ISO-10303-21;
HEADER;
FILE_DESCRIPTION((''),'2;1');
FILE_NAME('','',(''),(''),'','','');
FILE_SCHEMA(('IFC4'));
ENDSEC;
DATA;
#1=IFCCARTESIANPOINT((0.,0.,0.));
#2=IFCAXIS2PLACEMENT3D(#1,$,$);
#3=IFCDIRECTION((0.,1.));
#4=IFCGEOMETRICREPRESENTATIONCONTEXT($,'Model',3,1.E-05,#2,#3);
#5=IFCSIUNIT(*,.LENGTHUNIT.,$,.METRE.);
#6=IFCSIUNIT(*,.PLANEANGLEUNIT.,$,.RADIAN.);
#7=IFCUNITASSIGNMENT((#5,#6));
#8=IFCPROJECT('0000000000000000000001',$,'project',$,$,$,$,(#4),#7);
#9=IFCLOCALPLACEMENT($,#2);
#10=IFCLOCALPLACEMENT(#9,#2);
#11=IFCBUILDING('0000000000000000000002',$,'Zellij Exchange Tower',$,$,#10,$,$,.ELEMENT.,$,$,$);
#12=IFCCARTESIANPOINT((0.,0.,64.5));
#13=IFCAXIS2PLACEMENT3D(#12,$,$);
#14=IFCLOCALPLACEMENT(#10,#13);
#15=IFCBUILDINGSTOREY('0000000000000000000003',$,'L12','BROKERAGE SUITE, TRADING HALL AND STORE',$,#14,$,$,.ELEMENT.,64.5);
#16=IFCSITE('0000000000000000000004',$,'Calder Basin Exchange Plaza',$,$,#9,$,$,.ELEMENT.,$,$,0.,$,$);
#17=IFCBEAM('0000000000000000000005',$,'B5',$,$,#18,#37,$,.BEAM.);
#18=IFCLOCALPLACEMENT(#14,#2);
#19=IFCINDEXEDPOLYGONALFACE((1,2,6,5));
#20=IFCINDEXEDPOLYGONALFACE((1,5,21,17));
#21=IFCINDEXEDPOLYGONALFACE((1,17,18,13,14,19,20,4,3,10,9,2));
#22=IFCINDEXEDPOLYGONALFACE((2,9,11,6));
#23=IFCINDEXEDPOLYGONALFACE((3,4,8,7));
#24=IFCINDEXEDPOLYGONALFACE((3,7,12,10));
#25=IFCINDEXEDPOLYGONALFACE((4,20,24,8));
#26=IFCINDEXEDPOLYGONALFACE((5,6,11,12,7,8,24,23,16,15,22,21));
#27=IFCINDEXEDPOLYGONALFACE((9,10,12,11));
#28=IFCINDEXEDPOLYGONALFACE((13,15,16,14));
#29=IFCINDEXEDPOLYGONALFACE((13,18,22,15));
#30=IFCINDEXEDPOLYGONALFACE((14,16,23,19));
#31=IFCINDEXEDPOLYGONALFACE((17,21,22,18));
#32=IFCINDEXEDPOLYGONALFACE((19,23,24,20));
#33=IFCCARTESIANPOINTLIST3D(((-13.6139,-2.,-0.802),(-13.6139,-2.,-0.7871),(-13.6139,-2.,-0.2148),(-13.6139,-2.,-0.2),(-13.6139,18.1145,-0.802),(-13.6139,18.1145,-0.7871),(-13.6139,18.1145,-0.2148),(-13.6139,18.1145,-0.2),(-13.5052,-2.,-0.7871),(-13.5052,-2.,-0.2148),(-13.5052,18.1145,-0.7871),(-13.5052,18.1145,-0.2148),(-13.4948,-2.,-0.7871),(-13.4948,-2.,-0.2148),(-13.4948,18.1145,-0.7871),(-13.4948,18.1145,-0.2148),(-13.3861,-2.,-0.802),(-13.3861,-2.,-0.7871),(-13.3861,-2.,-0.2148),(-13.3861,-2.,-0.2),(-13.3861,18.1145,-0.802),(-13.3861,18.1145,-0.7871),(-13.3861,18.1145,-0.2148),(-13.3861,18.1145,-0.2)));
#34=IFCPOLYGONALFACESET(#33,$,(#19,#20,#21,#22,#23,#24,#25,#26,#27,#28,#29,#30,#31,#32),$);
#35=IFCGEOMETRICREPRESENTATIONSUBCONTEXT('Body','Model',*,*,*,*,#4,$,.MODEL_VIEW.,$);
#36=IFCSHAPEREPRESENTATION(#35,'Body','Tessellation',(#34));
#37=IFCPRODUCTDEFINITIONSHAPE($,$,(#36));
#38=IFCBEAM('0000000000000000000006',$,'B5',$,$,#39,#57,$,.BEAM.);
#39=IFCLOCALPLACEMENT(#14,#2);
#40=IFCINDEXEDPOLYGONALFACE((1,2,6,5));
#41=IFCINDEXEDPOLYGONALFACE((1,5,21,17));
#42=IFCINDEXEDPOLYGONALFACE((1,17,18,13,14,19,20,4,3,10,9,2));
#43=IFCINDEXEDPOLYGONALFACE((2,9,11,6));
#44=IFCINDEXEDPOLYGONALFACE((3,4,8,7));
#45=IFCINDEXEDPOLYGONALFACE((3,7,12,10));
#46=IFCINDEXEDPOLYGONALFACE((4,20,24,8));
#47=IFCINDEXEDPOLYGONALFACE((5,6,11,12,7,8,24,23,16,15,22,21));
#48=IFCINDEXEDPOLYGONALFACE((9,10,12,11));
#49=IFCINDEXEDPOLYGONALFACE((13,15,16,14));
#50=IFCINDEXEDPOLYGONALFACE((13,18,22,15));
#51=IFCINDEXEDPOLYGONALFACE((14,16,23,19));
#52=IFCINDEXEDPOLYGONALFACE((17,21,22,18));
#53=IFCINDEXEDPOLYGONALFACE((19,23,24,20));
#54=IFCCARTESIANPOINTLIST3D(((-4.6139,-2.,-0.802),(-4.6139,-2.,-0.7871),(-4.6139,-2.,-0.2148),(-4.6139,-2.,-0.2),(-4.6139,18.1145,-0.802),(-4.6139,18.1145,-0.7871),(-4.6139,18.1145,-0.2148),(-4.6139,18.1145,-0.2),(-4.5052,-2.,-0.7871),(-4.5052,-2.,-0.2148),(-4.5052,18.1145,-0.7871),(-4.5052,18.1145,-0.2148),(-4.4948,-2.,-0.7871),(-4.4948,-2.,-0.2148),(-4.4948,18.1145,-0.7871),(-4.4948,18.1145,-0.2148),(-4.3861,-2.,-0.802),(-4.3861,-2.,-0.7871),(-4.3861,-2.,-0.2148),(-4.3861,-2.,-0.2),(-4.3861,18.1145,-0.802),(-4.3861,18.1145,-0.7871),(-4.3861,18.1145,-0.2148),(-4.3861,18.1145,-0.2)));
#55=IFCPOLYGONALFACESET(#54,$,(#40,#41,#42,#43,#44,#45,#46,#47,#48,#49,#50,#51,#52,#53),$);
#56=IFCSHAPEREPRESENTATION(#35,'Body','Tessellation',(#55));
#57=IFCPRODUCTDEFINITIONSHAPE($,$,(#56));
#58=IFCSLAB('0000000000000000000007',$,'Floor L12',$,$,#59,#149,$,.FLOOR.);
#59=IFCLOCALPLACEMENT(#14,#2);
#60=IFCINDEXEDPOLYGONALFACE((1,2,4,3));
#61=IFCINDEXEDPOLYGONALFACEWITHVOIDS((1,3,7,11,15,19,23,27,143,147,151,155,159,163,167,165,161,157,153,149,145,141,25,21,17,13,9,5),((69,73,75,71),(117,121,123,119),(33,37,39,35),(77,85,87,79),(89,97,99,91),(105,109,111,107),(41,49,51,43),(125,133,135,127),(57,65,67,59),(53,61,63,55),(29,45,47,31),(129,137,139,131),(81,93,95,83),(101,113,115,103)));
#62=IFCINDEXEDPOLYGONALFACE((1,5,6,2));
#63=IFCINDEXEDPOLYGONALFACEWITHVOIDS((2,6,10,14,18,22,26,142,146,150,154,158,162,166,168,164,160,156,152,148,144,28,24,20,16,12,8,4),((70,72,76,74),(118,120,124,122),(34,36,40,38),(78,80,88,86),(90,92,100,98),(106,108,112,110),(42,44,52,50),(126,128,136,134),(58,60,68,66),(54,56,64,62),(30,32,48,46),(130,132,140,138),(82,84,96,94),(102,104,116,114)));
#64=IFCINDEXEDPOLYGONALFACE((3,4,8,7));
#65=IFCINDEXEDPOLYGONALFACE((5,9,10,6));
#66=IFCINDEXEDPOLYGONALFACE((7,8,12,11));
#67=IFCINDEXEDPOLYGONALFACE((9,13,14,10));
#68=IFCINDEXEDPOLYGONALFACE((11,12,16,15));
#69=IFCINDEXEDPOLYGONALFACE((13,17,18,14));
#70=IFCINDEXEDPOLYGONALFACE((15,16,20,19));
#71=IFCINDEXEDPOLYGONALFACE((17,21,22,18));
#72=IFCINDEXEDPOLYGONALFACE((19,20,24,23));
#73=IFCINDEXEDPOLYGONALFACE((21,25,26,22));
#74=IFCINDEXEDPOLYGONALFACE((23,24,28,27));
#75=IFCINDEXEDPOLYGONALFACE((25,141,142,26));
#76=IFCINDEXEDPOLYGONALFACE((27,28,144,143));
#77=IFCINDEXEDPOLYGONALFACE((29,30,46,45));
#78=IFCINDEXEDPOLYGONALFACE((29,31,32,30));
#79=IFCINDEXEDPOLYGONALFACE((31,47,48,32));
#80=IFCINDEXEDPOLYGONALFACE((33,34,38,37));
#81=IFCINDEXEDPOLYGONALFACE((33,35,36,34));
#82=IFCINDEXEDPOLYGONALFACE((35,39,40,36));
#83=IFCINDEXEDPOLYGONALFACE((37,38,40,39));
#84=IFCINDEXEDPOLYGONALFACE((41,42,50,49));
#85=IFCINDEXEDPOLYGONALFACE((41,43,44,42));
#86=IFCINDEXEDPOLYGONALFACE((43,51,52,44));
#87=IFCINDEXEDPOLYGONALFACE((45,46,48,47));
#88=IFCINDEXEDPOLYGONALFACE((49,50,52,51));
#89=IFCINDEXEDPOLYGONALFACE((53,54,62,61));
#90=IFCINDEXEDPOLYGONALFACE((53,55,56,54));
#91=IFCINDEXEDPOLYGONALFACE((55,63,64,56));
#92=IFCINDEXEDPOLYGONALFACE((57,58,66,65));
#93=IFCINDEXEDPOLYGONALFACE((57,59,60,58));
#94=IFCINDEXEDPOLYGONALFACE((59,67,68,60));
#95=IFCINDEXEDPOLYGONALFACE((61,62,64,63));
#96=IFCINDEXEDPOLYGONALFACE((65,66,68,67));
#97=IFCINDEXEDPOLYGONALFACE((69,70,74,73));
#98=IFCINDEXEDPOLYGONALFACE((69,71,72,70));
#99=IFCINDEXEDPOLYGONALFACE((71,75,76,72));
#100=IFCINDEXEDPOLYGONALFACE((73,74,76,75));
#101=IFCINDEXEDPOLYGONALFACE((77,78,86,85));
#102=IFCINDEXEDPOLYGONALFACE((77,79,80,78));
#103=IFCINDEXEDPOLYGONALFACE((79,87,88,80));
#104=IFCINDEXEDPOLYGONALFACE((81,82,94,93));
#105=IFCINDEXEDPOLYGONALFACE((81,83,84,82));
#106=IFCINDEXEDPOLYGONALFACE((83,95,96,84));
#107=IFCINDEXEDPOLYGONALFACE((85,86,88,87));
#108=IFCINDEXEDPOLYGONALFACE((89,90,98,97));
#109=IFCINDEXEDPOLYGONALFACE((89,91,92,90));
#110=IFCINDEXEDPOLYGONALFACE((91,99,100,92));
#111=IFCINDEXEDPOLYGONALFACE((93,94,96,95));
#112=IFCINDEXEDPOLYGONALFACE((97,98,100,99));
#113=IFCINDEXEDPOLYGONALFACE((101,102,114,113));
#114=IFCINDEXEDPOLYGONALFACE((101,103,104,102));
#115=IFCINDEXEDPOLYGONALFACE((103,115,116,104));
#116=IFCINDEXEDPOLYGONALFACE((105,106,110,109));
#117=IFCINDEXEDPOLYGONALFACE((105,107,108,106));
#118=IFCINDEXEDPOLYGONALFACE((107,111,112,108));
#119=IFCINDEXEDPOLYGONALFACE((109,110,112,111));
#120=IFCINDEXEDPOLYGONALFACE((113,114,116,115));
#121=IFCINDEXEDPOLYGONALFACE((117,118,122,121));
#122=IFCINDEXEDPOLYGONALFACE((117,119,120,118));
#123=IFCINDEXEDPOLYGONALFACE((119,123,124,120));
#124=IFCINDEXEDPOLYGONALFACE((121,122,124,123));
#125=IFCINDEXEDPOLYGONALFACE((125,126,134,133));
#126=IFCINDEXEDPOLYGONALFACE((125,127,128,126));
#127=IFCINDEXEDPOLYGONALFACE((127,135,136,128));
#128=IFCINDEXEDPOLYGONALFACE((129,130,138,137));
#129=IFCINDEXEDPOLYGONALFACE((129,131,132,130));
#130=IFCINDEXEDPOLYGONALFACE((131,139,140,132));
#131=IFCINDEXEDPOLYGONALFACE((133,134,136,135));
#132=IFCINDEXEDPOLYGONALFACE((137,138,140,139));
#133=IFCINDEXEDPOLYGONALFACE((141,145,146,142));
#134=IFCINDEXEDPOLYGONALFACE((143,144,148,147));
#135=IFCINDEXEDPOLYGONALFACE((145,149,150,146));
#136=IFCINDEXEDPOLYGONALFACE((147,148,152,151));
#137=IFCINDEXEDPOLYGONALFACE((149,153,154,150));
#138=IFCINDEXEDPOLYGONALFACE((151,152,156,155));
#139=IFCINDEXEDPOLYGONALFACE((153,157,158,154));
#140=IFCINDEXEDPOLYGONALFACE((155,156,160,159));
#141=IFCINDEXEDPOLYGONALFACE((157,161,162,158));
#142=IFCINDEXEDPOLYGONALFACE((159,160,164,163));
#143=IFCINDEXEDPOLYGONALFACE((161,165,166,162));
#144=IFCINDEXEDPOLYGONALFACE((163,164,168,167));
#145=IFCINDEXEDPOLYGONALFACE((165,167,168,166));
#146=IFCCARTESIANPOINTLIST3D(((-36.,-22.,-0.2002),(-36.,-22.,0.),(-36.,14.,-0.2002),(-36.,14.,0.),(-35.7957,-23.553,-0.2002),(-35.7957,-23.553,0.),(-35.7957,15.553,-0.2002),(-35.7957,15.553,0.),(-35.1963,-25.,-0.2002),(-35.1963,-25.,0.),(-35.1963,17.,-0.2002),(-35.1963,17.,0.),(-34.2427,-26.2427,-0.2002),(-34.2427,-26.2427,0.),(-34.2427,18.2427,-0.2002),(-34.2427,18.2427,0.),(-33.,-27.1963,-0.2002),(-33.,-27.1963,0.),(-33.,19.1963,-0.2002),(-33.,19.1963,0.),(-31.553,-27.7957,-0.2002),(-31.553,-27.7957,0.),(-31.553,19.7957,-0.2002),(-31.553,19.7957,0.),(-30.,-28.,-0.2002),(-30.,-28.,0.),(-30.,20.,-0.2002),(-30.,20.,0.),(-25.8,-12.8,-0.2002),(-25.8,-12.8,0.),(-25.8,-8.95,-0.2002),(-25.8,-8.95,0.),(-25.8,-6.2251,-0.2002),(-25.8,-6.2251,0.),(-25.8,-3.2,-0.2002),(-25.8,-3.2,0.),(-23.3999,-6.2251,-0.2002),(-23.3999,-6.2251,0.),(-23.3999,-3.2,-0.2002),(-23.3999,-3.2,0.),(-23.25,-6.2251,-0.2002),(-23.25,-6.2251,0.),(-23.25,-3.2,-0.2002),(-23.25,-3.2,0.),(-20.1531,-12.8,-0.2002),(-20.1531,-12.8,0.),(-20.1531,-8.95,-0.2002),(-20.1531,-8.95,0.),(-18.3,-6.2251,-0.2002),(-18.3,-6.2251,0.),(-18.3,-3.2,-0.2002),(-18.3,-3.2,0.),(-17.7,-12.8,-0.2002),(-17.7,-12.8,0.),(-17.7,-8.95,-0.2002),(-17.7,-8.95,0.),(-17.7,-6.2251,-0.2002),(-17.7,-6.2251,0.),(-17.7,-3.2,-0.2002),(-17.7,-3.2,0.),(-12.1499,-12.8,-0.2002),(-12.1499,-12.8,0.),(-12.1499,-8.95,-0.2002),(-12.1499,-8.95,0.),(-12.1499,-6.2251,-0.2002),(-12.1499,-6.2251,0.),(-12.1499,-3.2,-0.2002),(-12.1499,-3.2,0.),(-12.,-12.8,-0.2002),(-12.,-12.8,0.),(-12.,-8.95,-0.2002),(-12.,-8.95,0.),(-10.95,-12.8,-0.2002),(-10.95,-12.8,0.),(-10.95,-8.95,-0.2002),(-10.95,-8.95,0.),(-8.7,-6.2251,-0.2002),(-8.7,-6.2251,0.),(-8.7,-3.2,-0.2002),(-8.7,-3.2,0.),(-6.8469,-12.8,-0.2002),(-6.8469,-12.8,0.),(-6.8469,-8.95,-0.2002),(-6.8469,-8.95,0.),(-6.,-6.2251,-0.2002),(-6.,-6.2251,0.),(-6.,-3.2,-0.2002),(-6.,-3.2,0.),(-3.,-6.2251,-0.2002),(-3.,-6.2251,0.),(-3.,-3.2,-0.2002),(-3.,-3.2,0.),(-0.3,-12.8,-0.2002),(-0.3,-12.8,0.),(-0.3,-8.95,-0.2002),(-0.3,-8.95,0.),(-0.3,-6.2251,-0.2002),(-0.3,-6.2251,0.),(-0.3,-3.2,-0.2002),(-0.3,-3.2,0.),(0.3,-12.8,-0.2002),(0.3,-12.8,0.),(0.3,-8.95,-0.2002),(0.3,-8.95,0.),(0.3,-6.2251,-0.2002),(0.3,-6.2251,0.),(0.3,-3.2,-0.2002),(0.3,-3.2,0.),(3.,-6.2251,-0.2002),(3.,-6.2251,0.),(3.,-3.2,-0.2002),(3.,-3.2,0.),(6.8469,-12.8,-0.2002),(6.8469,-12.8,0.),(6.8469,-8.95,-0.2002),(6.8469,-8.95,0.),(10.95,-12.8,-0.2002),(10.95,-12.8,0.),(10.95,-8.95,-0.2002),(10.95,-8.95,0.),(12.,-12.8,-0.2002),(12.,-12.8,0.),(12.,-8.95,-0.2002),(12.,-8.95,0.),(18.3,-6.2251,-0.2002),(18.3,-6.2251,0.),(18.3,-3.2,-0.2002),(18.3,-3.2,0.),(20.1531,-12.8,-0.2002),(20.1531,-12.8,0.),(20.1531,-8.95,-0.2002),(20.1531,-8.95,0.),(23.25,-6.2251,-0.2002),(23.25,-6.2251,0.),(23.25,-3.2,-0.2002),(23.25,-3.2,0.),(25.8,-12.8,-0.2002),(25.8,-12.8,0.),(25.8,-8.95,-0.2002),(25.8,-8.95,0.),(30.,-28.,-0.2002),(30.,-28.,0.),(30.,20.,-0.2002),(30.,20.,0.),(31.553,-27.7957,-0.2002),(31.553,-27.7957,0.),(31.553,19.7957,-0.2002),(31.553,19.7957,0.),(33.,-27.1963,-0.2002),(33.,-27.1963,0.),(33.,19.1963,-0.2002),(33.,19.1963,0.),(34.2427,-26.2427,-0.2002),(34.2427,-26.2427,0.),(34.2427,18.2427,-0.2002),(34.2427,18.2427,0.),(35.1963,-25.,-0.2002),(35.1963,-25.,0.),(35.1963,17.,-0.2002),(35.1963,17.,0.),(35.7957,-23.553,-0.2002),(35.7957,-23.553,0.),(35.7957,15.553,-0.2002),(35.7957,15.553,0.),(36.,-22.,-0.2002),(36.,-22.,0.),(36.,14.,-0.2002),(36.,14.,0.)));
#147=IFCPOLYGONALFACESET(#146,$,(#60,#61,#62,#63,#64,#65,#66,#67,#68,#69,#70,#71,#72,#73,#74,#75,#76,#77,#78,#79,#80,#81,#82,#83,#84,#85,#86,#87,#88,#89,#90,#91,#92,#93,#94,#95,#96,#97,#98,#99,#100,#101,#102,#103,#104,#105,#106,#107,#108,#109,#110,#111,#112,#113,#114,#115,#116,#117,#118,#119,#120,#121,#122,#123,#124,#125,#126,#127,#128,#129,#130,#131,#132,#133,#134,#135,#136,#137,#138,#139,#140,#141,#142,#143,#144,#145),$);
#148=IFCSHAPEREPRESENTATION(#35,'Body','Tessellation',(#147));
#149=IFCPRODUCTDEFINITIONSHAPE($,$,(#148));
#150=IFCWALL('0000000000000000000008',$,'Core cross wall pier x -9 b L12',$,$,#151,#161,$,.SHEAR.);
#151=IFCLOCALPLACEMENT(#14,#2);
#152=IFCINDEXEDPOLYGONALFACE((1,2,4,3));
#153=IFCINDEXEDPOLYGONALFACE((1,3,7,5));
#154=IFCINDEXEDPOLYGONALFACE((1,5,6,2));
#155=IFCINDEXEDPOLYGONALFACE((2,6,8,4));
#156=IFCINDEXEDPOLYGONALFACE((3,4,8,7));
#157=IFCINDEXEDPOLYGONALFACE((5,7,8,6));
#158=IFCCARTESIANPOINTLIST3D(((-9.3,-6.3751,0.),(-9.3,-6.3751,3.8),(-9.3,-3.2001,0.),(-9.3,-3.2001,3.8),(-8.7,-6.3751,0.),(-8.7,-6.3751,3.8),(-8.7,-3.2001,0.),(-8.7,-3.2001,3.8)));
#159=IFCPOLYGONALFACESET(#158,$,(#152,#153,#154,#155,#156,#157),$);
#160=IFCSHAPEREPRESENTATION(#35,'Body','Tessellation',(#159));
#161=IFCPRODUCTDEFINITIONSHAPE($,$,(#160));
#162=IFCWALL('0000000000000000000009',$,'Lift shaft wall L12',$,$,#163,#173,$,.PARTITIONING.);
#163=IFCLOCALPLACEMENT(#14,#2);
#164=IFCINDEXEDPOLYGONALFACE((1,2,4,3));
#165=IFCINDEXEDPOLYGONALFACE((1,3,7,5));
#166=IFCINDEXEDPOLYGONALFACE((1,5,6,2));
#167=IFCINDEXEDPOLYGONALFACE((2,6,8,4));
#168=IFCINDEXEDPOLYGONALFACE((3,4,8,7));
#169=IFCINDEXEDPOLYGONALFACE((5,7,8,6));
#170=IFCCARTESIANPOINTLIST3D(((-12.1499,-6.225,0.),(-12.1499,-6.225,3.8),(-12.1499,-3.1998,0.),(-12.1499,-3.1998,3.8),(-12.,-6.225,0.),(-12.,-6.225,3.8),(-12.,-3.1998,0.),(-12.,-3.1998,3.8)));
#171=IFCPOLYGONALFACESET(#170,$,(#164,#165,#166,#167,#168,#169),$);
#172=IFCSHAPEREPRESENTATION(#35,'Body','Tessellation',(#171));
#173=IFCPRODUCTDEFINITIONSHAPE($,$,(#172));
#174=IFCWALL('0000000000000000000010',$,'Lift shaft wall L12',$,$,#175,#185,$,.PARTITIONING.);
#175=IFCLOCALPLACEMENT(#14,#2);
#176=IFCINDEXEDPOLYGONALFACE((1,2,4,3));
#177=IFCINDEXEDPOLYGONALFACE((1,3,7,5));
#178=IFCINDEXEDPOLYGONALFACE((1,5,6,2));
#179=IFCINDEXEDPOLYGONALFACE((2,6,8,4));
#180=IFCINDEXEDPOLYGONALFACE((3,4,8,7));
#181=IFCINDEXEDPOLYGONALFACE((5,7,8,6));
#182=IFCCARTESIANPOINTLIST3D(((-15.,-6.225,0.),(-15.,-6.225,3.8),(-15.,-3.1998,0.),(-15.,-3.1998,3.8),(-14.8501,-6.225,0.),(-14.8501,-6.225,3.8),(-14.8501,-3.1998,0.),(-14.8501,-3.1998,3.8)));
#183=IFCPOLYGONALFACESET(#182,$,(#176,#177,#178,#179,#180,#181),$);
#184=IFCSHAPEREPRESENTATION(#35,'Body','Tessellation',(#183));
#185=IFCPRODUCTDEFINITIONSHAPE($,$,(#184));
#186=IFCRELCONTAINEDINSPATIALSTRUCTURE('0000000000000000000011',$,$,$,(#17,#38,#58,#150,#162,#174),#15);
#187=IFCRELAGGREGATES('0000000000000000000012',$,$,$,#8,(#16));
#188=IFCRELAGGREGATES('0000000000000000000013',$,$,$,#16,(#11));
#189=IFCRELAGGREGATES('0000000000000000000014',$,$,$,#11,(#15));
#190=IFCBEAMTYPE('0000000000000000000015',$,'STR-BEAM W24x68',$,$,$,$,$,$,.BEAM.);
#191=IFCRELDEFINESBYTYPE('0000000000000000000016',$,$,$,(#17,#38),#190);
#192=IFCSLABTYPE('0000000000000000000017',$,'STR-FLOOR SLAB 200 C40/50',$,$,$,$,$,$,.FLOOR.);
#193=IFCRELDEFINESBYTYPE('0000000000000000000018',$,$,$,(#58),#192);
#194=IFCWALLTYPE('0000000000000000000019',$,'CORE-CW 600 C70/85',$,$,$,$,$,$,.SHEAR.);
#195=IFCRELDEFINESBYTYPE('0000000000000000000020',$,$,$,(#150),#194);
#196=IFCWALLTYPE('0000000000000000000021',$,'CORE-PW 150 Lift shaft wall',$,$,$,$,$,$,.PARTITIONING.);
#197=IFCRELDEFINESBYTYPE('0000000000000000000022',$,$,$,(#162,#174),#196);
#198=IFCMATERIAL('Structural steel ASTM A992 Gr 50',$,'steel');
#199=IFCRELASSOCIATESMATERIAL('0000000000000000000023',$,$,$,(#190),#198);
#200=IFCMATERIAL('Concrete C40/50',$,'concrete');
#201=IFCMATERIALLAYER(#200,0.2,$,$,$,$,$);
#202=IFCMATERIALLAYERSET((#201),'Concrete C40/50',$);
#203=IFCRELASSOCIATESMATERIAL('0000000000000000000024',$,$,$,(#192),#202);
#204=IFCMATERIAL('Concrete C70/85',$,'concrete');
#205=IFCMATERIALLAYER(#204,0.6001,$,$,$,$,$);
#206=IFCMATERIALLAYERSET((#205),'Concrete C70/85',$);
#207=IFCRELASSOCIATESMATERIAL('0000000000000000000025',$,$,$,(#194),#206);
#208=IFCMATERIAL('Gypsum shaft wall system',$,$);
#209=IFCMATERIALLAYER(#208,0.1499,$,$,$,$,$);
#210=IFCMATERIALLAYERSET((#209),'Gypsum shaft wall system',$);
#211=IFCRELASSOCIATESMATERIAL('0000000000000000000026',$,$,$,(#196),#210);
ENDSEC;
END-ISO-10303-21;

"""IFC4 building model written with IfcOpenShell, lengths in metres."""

from ifc_helpers import new_model, si_unit, direction, frame, frame_2d, origin, origin_2d, place, context, subcontext, project, spatial, polyline, rectangle, i_section, outline, extrude, material, layer, layer_set, material_profile, profile_set, type_object, element, save


model = new_model("IFC4")

# Units and contexts
model_context = context("Model", 3, precision=1e-05, world=origin(), true_north=direction((0.0, 1.0)))
body_context = subcontext(model_context, "Body", "Model", "MODEL_VIEW")
ifc_project = project(units=[si_unit("LENGTHUNIT", "METRE"), si_unit("PLANEANGLEUNIT", "RADIAN")], contexts=[model_context])

# Site, building, storey
site_placement = place(None, origin())
site = spatial("IfcSite", under=ifc_project, at=site_placement, Name="Calder Basin Exchange Plaza", CompositionType="ELEMENT", RefElevation=0.0)
building_placement = place(site_placement, origin())
building = spatial("IfcBuilding", under=site, at=building_placement, Name="Zellij Exchange Tower", CompositionType="ELEMENT")
storey_placement = place(building_placement, frame((0.0, 0.0, 64.5)))
storey = spatial("IfcBuildingStorey", under=building, at=storey_placement, Name="L12", Description="BROKERAGE SUITE, TRADING HALL AND STORE", CompositionType="ELEMENT", Elevation=64.5)

# Beams
ifc_material_1 = material(Name="Structural steel ASTM A992 Gr 50", Category="steel")
ifc_material_profile = material_profile(ifc_material_1, i_section(OverallWidth=0.2278, OverallDepth=0.6021, WebThickness=0.0105, FlangeThickness=0.0149, at=origin_2d()), Name="W24x68")
ifc_profile_set = profile_set([ifc_material_profile], Name="Structural steel ASTM A992 Gr 50")
beam_type = type_object("IfcBeamType", Name="STR-BEAM W24x68", PredefinedType="BEAM", material=ifc_profile_set)
for number, where, z_axis, x_axis, name in (
    (1, (-13.5, -2.0, -0.501), (0.0, 1.0, 0.0), (-1.0, 0.0, 0.0), "B5"),
    (2, (-4.5, -2.0, -0.501), (0.0, 1.0, 0.0), (-1.0, 0.0, 0.0), "B5"),
):
    element("IfcBeam", number, at=place(storey_placement, frame(where, z_axis=z_axis, x_axis=x_axis)), inside=storey, type_object=beam_type, Name=name, PredefinedType="BEAM", context=body_context, shape_type="SweptSolid", body=[
        extrude(i_section(OverallWidth=0.2278, OverallDepth=0.6021, WebThickness=0.0105, FlangeThickness=0.0149, at=origin_2d()), origin(), (0.0, 0.0, 1.0), 20.1145),
    ])

# Slab
ifc_material_2 = material(Name="Concrete C40/50", Category="concrete")
ifc_layer_1 = layer(ifc_material_2, 0.2)
ifc_layer_set_1 = layer_set([ifc_layer_1], Name="Concrete C40/50")
slab_type = type_object("IfcSlabType", Name="STR-FLOOR SLAB 200 C40/50", PredefinedType="FLOOR", material=ifc_layer_set_1)
slab_placement = place(storey_placement, frame((0.0, 0.0, -0.2002)))
element("IfcSlab", 3, at=slab_placement, inside=storey, type_object=slab_type, Name="Floor L12", PredefinedType="FLOOR", context=body_context, shape_type="SweptSolid", body=[
    extrude(outline(polyline([(-30.0, -28.0), (-31.553, -27.7957), (-33.0, -27.1963), (-34.2427, -26.2427), (-35.1963, -25.0), (-35.7957, -23.553), (-36.0, -22.0), (-36.0, 14.0), (-35.7957, 15.553), (-35.1963, 17.0), (-34.2427, 18.2427), (-33.0, 19.1963), (-31.553, 19.7957), (-30.0, 20.0), (30.0, 20.0), (31.553, 19.7957), (33.0, 19.1963), (34.2427, 18.2427), (35.1963, 17.0), (35.7957, 15.553), (36.0, 14.0), (36.0, -22.0), (35.7957, -23.553), (35.1963, -25.0), (34.2427, -26.2427), (33.0, -27.1963), (31.553, -27.7957), (30.0, -28.0), (-30.0, -28.0)]), holes=[polyline([(-25.8, -8.95), (-25.8, -12.8), (-20.1531, -12.8), (-20.1531, -8.95), (-25.8, -8.95)]), polyline([(-12.1499, -8.95), (-17.7, -8.95), (-17.7, -12.8), (-12.1499, -12.8), (-12.1499, -8.95)]), polyline([(-10.95, -8.95), (-12.0, -8.95), (-12.0, -12.8), (-10.95, -12.8), (-10.95, -8.95)]), polyline([(-23.3999, -3.2), (-25.8, -3.2), (-25.8, -6.2251), (-23.3999, -6.2251), (-23.3999, -3.2)]), polyline([(-18.3, -3.2), (-23.25, -3.2), (-23.25, -6.2251), (-18.3, -6.2251), (-18.3, -3.2)]), polyline([(-12.1499, -3.2), (-17.7, -3.2), (-17.7, -6.2251), (-12.1499, -6.2251), (-12.1499, -3.2)]), polyline([(-6.0, -3.2), (-8.7, -3.2), (-8.7, -6.2251), (-6.0, -6.2251), (-6.0, -3.2)]), polyline([(-6.8469, -8.95), (-6.8469, -12.8), (-0.3, -12.8), (-0.3, -8.95), (-6.8469, -8.95)]), polyline([(6.8469, -8.95), (0.3, -8.95), (0.3, -12.8), (6.8469, -12.8), (6.8469, -8.95)]), polyline([(12.0, -8.95), (10.95, -8.95), (10.95, -12.8), (12.0, -12.8), (12.0, -8.95)]), polyline([(25.8, -8.95), (20.1531, -8.95), (20.1531, -12.8), (25.8, -12.8), (25.8, -8.95)]), polyline([(-0.3, -3.2), (-3.0, -3.2), (-3.0, -6.2251), (-0.3, -6.2251), (-0.3, -3.2)]), polyline([(3.0, -3.2), (0.3, -3.2), (0.3, -6.2251), (3.0, -6.2251), (3.0, -3.2)]), polyline([(23.25, -3.2), (18.3, -3.2), (18.3, -6.2251), (23.25, -6.2251), (23.25, -3.2)])]), origin(), (0.0, 0.0, 1.0), 0.2002),
])

# Walls
ifc_material_3 = material(Name="Concrete C70/85", Category="concrete")
ifc_layer_2 = layer(ifc_material_3, 0.6001)
ifc_layer_set_2 = layer_set([ifc_layer_2], Name="Concrete C70/85")
wall_type_1 = type_object("IfcWallType", Name="CORE-CW 600 C70/85", PredefinedType="SHEAR", material=ifc_layer_set_2)
wall_1_placement = place(storey_placement, frame((-9.0, -6.375, 0.0), z_axis=(0.0, 0.0, 1.0), x_axis=(0.0, 1.0, 0.0)))
element("IfcWall", 4, at=wall_1_placement, inside=storey, type_object=wall_type_1, Name="Core cross wall pier x -9 b L12", PredefinedType="SHEAR", context=body_context, shape_type="SweptSolid", body=[
    extrude(rectangle(XDim=3.175, YDim=0.6001, at=frame_2d((1.5874, 0.0))), origin(), (0.0, 0.0, 1.0), 3.8),
])
ifc_material_4 = material(Name="Gypsum shaft wall system")
ifc_layer_3 = layer(ifc_material_4, 0.1499)
ifc_layer_set_3 = layer_set([ifc_layer_3], Name="Gypsum shaft wall system")
wall_type_2 = type_object("IfcWallType", Name="CORE-PW 150 Lift shaft wall", PredefinedType="PARTITIONING", material=ifc_layer_set_3)
for number, where, z_axis, x_axis, name in (
    (5, (-12.075, -6.2251, 0.0), (0.0, 0.0, 1.0), (0.0, 1.0, 0.0), "Lift shaft wall L12"),
    (6, (-14.925, -6.2251, 0.0), (0.0, 0.0, 1.0), (0.0, 1.0, 0.0), "Lift shaft wall L12"),
):
    element("IfcWall", number, at=place(storey_placement, frame(where, z_axis=z_axis, x_axis=x_axis)), inside=storey, type_object=wall_type_2, Name=name, PredefinedType="PARTITIONING", context=body_context, shape_type="SweptSolid", body=[
        extrude(rectangle(XDim=3.0251, YDim=0.1499, at=frame_2d((1.5127, 0.0))), origin(), (0.0, 0.0, 1.0), 3.8),
    ])

save(model, "model.ifc")
